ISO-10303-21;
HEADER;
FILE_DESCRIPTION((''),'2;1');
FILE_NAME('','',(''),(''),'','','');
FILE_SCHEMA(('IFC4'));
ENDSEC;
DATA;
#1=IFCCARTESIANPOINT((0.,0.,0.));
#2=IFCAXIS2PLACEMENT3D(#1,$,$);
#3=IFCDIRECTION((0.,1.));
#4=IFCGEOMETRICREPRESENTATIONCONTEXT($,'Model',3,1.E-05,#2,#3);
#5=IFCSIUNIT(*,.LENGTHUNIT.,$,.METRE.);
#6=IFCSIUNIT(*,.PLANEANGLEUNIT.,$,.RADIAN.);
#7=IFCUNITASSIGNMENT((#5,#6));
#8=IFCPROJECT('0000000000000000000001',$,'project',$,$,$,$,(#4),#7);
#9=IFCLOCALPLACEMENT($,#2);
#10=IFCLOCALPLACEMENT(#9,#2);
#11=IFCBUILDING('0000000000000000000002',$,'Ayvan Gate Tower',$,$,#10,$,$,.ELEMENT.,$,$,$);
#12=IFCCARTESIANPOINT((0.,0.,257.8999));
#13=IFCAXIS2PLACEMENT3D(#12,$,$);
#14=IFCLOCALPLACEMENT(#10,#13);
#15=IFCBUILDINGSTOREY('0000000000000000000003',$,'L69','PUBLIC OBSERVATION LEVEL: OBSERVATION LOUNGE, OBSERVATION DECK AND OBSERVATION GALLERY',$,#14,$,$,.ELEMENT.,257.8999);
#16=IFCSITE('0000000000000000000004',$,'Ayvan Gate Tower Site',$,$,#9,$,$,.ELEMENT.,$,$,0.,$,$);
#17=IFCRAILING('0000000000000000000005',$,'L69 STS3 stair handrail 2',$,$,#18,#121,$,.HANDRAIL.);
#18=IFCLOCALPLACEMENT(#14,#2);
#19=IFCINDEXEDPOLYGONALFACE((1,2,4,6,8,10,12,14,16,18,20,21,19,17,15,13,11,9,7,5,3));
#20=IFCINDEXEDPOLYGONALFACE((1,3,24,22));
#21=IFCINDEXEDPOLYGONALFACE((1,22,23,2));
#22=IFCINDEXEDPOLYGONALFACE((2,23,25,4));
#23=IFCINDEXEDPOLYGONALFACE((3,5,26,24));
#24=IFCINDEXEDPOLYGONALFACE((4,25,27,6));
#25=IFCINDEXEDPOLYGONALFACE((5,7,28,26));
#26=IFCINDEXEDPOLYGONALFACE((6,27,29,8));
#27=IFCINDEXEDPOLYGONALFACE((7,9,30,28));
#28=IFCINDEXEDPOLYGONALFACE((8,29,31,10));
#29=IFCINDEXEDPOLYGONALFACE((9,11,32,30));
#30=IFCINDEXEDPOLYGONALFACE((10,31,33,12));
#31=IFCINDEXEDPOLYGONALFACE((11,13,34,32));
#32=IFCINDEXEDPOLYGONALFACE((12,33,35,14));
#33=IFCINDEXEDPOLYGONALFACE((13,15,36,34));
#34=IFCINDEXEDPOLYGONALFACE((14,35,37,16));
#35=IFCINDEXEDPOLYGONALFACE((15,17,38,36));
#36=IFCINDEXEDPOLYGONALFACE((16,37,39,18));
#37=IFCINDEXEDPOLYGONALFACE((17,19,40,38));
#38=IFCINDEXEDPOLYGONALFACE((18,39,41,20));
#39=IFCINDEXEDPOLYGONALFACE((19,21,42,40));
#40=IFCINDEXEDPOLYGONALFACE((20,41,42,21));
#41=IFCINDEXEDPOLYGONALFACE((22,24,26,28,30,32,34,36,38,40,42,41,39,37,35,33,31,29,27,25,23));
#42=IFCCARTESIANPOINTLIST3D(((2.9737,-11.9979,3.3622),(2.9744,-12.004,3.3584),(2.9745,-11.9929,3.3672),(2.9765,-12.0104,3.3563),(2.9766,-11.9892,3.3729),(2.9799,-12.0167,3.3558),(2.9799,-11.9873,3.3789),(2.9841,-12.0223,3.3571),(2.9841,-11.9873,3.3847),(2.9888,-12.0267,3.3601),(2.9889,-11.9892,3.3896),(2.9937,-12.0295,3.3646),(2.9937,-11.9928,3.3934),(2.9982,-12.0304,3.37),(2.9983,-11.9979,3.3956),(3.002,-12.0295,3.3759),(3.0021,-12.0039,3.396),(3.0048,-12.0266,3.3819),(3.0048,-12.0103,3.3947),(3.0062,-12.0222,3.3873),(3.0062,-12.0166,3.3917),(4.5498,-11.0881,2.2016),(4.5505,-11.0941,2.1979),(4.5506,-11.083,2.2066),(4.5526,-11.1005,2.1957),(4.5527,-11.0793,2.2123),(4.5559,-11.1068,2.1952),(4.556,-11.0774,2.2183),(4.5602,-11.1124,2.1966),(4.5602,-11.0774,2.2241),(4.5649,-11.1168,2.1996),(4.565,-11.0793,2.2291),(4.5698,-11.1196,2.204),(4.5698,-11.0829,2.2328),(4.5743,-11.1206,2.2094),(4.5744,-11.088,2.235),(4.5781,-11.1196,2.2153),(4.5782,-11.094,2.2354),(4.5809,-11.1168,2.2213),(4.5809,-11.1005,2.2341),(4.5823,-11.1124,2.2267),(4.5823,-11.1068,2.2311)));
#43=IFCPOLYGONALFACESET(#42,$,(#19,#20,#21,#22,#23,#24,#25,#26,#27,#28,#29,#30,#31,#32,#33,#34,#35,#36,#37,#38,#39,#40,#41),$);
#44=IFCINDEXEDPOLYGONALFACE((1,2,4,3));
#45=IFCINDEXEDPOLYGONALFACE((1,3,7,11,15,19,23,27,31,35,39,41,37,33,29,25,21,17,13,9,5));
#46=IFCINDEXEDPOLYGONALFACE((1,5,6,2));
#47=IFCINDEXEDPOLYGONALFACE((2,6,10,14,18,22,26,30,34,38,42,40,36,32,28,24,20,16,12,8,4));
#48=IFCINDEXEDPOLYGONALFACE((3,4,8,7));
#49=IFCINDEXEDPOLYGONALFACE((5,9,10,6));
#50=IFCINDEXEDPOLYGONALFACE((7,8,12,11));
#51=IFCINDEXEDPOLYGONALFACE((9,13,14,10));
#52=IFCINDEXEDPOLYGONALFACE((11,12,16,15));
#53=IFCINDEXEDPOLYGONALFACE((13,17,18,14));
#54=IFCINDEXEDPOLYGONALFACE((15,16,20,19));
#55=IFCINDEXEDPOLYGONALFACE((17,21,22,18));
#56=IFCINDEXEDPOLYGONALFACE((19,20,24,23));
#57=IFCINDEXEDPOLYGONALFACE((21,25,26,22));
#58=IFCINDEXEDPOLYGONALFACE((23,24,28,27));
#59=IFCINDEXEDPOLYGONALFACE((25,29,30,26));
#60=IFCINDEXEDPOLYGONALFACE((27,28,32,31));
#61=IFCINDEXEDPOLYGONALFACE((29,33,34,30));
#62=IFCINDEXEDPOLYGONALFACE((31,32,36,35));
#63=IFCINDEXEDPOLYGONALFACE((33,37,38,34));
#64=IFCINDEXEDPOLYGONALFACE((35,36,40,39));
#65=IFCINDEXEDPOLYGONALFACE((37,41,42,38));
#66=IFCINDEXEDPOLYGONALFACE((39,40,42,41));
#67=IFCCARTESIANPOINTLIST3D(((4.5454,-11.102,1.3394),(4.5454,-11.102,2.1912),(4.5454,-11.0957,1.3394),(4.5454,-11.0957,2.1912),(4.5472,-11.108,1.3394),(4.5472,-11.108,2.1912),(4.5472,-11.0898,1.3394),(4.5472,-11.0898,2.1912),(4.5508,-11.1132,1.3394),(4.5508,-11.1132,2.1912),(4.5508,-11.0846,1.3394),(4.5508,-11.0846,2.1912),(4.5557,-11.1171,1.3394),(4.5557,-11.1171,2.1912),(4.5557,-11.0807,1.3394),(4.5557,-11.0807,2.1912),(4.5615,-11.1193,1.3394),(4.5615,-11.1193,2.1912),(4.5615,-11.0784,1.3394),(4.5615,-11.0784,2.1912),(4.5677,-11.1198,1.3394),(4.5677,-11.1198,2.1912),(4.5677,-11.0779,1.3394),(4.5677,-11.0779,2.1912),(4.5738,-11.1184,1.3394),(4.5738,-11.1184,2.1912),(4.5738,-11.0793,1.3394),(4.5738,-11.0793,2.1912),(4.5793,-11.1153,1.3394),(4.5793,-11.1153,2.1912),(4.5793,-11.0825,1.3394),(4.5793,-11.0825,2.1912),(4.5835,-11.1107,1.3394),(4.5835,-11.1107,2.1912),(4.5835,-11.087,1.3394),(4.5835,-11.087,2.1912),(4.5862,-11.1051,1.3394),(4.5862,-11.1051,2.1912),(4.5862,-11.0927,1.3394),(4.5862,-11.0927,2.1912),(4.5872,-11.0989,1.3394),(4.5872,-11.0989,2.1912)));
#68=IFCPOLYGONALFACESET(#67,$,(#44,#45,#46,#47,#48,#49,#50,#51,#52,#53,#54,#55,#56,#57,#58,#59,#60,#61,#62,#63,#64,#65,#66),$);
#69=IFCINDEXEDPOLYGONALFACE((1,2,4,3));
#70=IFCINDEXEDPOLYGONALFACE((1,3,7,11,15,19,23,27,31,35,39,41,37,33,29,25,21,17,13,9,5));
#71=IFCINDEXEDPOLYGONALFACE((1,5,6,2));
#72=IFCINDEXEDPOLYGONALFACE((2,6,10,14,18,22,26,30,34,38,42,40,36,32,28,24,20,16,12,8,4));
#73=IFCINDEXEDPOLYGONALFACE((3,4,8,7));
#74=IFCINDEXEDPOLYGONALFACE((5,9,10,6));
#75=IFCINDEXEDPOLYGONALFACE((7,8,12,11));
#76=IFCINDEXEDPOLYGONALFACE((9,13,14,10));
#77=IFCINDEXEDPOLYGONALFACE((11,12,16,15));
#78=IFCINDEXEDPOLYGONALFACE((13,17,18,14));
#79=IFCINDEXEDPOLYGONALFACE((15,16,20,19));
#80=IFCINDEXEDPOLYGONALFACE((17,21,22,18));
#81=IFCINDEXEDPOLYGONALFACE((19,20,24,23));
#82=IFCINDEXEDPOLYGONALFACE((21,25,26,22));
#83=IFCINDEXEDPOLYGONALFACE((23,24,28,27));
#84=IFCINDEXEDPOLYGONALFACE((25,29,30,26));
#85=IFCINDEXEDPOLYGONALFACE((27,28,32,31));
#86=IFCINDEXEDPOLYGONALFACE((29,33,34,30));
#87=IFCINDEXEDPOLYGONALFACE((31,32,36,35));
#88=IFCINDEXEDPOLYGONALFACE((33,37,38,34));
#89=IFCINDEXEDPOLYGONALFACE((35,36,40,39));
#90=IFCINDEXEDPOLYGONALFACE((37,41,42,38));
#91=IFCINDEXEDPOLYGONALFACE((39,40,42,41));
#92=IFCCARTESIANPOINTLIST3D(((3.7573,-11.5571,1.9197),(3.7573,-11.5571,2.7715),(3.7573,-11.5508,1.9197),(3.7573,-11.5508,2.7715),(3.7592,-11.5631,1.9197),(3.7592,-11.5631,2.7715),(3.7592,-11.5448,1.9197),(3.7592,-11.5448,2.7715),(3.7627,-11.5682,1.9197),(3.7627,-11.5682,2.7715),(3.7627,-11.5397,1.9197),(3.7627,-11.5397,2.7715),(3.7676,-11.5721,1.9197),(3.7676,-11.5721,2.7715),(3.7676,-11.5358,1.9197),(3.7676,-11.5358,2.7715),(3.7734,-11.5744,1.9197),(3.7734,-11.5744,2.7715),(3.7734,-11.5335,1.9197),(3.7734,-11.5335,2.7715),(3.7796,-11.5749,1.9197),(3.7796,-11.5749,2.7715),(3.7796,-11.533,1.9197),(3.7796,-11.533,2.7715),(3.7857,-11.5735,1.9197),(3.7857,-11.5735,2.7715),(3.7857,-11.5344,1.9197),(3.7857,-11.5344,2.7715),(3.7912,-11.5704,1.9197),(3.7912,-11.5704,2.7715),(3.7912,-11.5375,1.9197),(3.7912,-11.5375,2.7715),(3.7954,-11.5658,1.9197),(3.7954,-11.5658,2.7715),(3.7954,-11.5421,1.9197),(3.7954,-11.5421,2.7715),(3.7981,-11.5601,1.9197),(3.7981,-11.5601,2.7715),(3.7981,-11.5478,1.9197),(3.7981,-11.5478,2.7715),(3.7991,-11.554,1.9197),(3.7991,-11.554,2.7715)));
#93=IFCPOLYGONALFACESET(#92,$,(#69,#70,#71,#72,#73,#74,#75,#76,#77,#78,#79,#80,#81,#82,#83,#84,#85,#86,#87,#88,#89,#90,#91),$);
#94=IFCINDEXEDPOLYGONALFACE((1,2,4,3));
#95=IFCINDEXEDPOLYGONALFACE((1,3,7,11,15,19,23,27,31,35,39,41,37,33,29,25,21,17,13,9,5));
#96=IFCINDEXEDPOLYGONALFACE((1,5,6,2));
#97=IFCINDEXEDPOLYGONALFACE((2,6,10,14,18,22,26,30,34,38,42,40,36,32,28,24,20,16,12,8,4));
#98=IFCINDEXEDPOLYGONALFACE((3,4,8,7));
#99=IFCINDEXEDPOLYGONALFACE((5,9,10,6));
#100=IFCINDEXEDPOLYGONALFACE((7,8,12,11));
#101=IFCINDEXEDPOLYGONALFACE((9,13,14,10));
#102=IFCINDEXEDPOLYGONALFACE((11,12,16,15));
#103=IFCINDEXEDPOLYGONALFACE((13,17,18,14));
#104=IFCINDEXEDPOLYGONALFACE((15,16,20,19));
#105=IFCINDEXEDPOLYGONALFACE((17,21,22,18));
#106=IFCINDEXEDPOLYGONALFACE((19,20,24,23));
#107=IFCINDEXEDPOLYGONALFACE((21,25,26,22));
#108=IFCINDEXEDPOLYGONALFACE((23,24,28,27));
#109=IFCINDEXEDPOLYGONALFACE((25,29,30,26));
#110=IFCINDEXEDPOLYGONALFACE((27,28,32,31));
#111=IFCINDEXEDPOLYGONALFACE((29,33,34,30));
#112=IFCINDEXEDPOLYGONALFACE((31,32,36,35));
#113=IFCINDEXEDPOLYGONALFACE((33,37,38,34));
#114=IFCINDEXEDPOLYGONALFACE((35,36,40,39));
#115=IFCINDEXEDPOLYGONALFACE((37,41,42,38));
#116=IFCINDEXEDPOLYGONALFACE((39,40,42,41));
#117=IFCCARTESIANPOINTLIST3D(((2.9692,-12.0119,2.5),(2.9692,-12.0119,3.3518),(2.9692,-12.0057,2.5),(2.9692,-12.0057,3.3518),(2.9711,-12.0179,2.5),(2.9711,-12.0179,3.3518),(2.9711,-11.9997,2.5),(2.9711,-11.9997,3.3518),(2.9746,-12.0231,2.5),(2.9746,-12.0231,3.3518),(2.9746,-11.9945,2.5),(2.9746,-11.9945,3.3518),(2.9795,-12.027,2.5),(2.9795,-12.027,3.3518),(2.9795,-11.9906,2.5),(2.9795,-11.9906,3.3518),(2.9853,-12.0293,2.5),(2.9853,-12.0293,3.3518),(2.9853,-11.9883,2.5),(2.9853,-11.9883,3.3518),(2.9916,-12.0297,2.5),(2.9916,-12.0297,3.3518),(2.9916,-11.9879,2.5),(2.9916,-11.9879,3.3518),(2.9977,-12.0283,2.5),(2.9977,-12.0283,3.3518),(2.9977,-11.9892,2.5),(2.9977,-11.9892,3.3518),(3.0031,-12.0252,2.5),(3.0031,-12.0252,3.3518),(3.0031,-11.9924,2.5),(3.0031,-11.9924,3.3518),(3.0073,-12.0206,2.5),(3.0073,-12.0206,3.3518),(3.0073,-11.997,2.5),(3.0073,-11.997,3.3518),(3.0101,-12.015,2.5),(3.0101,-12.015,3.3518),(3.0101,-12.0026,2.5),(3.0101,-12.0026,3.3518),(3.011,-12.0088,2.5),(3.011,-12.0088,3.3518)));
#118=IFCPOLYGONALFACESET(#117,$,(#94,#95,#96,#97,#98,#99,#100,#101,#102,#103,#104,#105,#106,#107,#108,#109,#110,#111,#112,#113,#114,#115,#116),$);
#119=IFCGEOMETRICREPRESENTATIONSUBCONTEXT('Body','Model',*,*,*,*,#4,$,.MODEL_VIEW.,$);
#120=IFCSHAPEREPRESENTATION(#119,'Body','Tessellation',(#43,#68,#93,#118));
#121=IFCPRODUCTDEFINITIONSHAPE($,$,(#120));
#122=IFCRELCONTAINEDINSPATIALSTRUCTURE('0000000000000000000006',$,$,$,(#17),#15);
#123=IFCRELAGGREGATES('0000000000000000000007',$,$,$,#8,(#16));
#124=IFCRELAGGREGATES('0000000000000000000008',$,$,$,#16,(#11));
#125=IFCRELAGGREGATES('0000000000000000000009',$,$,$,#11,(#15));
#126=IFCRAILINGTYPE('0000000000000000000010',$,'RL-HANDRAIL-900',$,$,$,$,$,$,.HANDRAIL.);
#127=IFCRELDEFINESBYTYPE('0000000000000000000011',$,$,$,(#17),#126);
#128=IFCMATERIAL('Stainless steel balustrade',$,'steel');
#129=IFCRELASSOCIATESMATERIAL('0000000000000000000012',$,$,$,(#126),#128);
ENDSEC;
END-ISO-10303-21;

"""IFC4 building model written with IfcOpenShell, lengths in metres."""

from ifc_helpers import new_model, si_unit, direction, frame, origin, origin_2d, place, context, subcontext, project, spatial, circle, extrude, material, type_object, element, save


model = new_model("IFC4")

# Units and contexts
model_context = context("Model", 3, precision=1e-05, world=origin(), true_north=direction((0.0, 1.0)))
body_context = subcontext(model_context, "Body", "Model", "MODEL_VIEW")
ifc_project = project(units=[si_unit("LENGTHUNIT", "METRE"), si_unit("PLANEANGLEUNIT", "RADIAN")], contexts=[model_context])

# Site, building, storey
site_placement = place(None, origin())
site = spatial("IfcSite", under=ifc_project, at=site_placement, Name="Ayvan Gate Tower Site", CompositionType="ELEMENT", RefElevation=0.0)
building_placement = place(site_placement, origin())
building = spatial("IfcBuilding", under=site, at=building_placement, Name="Ayvan Gate Tower", CompositionType="ELEMENT")
storey_placement = place(building_placement, frame((0.0, 0.0, 257.8999)))
storey = spatial("IfcBuildingStorey", under=building, at=storey_placement, Name="L69", Description="PUBLIC OBSERVATION LEVEL: OBSERVATION LOUNGE, OBSERVATION DECK AND OBSERVATION GALLERY", CompositionType="ELEMENT", Elevation=257.8999)

# Railing
ifc_material_1 = material(Name="Stainless steel balustrade", Category="steel")
railing_type_1 = type_object("IfcRailingType", Name="RL-HANDRAIL-900", PredefinedType="HANDRAIL", material=ifc_material_1)
for number, where, name in (
    (1, (4.5662, -11.0989, 1.3394), "L69 STS3 stair handrail 2"),
):
    element("IfcRailing", number, at=place(storey_placement, frame(where)), inside=storey, type_object=railing_type_1, Name=name, PredefinedType="HANDRAIL", context=body_context, shape_type="SweptSolid", body=[
        extrude(circle(Radius=0.0239, at=origin_2d()), frame((0.0, 0.0, 0.876), z_axis=(-0.730198, -0.421538, 0.537695), x_axis=(0.499962, -0.866047, 0.0)), (0.0, 0.0, 1.0), 2.1584),
        extrude(circle(Radius=0.021, at=origin_2d()), origin(), (0.0, 0.0, 1.0), 0.8518),
        extrude(circle(Radius=0.021, at=origin_2d()), frame((-0.7881, -0.4551, 0.5803)), (0.0, 0.0, 1.0), 0.8518),
        extrude(circle(Radius=0.021, at=origin_2d()), frame((-1.5762, -0.9099, 1.1606)), (0.0, 0.0, 1.0), 0.8518),
    ])

save(model, "model.ifc")
